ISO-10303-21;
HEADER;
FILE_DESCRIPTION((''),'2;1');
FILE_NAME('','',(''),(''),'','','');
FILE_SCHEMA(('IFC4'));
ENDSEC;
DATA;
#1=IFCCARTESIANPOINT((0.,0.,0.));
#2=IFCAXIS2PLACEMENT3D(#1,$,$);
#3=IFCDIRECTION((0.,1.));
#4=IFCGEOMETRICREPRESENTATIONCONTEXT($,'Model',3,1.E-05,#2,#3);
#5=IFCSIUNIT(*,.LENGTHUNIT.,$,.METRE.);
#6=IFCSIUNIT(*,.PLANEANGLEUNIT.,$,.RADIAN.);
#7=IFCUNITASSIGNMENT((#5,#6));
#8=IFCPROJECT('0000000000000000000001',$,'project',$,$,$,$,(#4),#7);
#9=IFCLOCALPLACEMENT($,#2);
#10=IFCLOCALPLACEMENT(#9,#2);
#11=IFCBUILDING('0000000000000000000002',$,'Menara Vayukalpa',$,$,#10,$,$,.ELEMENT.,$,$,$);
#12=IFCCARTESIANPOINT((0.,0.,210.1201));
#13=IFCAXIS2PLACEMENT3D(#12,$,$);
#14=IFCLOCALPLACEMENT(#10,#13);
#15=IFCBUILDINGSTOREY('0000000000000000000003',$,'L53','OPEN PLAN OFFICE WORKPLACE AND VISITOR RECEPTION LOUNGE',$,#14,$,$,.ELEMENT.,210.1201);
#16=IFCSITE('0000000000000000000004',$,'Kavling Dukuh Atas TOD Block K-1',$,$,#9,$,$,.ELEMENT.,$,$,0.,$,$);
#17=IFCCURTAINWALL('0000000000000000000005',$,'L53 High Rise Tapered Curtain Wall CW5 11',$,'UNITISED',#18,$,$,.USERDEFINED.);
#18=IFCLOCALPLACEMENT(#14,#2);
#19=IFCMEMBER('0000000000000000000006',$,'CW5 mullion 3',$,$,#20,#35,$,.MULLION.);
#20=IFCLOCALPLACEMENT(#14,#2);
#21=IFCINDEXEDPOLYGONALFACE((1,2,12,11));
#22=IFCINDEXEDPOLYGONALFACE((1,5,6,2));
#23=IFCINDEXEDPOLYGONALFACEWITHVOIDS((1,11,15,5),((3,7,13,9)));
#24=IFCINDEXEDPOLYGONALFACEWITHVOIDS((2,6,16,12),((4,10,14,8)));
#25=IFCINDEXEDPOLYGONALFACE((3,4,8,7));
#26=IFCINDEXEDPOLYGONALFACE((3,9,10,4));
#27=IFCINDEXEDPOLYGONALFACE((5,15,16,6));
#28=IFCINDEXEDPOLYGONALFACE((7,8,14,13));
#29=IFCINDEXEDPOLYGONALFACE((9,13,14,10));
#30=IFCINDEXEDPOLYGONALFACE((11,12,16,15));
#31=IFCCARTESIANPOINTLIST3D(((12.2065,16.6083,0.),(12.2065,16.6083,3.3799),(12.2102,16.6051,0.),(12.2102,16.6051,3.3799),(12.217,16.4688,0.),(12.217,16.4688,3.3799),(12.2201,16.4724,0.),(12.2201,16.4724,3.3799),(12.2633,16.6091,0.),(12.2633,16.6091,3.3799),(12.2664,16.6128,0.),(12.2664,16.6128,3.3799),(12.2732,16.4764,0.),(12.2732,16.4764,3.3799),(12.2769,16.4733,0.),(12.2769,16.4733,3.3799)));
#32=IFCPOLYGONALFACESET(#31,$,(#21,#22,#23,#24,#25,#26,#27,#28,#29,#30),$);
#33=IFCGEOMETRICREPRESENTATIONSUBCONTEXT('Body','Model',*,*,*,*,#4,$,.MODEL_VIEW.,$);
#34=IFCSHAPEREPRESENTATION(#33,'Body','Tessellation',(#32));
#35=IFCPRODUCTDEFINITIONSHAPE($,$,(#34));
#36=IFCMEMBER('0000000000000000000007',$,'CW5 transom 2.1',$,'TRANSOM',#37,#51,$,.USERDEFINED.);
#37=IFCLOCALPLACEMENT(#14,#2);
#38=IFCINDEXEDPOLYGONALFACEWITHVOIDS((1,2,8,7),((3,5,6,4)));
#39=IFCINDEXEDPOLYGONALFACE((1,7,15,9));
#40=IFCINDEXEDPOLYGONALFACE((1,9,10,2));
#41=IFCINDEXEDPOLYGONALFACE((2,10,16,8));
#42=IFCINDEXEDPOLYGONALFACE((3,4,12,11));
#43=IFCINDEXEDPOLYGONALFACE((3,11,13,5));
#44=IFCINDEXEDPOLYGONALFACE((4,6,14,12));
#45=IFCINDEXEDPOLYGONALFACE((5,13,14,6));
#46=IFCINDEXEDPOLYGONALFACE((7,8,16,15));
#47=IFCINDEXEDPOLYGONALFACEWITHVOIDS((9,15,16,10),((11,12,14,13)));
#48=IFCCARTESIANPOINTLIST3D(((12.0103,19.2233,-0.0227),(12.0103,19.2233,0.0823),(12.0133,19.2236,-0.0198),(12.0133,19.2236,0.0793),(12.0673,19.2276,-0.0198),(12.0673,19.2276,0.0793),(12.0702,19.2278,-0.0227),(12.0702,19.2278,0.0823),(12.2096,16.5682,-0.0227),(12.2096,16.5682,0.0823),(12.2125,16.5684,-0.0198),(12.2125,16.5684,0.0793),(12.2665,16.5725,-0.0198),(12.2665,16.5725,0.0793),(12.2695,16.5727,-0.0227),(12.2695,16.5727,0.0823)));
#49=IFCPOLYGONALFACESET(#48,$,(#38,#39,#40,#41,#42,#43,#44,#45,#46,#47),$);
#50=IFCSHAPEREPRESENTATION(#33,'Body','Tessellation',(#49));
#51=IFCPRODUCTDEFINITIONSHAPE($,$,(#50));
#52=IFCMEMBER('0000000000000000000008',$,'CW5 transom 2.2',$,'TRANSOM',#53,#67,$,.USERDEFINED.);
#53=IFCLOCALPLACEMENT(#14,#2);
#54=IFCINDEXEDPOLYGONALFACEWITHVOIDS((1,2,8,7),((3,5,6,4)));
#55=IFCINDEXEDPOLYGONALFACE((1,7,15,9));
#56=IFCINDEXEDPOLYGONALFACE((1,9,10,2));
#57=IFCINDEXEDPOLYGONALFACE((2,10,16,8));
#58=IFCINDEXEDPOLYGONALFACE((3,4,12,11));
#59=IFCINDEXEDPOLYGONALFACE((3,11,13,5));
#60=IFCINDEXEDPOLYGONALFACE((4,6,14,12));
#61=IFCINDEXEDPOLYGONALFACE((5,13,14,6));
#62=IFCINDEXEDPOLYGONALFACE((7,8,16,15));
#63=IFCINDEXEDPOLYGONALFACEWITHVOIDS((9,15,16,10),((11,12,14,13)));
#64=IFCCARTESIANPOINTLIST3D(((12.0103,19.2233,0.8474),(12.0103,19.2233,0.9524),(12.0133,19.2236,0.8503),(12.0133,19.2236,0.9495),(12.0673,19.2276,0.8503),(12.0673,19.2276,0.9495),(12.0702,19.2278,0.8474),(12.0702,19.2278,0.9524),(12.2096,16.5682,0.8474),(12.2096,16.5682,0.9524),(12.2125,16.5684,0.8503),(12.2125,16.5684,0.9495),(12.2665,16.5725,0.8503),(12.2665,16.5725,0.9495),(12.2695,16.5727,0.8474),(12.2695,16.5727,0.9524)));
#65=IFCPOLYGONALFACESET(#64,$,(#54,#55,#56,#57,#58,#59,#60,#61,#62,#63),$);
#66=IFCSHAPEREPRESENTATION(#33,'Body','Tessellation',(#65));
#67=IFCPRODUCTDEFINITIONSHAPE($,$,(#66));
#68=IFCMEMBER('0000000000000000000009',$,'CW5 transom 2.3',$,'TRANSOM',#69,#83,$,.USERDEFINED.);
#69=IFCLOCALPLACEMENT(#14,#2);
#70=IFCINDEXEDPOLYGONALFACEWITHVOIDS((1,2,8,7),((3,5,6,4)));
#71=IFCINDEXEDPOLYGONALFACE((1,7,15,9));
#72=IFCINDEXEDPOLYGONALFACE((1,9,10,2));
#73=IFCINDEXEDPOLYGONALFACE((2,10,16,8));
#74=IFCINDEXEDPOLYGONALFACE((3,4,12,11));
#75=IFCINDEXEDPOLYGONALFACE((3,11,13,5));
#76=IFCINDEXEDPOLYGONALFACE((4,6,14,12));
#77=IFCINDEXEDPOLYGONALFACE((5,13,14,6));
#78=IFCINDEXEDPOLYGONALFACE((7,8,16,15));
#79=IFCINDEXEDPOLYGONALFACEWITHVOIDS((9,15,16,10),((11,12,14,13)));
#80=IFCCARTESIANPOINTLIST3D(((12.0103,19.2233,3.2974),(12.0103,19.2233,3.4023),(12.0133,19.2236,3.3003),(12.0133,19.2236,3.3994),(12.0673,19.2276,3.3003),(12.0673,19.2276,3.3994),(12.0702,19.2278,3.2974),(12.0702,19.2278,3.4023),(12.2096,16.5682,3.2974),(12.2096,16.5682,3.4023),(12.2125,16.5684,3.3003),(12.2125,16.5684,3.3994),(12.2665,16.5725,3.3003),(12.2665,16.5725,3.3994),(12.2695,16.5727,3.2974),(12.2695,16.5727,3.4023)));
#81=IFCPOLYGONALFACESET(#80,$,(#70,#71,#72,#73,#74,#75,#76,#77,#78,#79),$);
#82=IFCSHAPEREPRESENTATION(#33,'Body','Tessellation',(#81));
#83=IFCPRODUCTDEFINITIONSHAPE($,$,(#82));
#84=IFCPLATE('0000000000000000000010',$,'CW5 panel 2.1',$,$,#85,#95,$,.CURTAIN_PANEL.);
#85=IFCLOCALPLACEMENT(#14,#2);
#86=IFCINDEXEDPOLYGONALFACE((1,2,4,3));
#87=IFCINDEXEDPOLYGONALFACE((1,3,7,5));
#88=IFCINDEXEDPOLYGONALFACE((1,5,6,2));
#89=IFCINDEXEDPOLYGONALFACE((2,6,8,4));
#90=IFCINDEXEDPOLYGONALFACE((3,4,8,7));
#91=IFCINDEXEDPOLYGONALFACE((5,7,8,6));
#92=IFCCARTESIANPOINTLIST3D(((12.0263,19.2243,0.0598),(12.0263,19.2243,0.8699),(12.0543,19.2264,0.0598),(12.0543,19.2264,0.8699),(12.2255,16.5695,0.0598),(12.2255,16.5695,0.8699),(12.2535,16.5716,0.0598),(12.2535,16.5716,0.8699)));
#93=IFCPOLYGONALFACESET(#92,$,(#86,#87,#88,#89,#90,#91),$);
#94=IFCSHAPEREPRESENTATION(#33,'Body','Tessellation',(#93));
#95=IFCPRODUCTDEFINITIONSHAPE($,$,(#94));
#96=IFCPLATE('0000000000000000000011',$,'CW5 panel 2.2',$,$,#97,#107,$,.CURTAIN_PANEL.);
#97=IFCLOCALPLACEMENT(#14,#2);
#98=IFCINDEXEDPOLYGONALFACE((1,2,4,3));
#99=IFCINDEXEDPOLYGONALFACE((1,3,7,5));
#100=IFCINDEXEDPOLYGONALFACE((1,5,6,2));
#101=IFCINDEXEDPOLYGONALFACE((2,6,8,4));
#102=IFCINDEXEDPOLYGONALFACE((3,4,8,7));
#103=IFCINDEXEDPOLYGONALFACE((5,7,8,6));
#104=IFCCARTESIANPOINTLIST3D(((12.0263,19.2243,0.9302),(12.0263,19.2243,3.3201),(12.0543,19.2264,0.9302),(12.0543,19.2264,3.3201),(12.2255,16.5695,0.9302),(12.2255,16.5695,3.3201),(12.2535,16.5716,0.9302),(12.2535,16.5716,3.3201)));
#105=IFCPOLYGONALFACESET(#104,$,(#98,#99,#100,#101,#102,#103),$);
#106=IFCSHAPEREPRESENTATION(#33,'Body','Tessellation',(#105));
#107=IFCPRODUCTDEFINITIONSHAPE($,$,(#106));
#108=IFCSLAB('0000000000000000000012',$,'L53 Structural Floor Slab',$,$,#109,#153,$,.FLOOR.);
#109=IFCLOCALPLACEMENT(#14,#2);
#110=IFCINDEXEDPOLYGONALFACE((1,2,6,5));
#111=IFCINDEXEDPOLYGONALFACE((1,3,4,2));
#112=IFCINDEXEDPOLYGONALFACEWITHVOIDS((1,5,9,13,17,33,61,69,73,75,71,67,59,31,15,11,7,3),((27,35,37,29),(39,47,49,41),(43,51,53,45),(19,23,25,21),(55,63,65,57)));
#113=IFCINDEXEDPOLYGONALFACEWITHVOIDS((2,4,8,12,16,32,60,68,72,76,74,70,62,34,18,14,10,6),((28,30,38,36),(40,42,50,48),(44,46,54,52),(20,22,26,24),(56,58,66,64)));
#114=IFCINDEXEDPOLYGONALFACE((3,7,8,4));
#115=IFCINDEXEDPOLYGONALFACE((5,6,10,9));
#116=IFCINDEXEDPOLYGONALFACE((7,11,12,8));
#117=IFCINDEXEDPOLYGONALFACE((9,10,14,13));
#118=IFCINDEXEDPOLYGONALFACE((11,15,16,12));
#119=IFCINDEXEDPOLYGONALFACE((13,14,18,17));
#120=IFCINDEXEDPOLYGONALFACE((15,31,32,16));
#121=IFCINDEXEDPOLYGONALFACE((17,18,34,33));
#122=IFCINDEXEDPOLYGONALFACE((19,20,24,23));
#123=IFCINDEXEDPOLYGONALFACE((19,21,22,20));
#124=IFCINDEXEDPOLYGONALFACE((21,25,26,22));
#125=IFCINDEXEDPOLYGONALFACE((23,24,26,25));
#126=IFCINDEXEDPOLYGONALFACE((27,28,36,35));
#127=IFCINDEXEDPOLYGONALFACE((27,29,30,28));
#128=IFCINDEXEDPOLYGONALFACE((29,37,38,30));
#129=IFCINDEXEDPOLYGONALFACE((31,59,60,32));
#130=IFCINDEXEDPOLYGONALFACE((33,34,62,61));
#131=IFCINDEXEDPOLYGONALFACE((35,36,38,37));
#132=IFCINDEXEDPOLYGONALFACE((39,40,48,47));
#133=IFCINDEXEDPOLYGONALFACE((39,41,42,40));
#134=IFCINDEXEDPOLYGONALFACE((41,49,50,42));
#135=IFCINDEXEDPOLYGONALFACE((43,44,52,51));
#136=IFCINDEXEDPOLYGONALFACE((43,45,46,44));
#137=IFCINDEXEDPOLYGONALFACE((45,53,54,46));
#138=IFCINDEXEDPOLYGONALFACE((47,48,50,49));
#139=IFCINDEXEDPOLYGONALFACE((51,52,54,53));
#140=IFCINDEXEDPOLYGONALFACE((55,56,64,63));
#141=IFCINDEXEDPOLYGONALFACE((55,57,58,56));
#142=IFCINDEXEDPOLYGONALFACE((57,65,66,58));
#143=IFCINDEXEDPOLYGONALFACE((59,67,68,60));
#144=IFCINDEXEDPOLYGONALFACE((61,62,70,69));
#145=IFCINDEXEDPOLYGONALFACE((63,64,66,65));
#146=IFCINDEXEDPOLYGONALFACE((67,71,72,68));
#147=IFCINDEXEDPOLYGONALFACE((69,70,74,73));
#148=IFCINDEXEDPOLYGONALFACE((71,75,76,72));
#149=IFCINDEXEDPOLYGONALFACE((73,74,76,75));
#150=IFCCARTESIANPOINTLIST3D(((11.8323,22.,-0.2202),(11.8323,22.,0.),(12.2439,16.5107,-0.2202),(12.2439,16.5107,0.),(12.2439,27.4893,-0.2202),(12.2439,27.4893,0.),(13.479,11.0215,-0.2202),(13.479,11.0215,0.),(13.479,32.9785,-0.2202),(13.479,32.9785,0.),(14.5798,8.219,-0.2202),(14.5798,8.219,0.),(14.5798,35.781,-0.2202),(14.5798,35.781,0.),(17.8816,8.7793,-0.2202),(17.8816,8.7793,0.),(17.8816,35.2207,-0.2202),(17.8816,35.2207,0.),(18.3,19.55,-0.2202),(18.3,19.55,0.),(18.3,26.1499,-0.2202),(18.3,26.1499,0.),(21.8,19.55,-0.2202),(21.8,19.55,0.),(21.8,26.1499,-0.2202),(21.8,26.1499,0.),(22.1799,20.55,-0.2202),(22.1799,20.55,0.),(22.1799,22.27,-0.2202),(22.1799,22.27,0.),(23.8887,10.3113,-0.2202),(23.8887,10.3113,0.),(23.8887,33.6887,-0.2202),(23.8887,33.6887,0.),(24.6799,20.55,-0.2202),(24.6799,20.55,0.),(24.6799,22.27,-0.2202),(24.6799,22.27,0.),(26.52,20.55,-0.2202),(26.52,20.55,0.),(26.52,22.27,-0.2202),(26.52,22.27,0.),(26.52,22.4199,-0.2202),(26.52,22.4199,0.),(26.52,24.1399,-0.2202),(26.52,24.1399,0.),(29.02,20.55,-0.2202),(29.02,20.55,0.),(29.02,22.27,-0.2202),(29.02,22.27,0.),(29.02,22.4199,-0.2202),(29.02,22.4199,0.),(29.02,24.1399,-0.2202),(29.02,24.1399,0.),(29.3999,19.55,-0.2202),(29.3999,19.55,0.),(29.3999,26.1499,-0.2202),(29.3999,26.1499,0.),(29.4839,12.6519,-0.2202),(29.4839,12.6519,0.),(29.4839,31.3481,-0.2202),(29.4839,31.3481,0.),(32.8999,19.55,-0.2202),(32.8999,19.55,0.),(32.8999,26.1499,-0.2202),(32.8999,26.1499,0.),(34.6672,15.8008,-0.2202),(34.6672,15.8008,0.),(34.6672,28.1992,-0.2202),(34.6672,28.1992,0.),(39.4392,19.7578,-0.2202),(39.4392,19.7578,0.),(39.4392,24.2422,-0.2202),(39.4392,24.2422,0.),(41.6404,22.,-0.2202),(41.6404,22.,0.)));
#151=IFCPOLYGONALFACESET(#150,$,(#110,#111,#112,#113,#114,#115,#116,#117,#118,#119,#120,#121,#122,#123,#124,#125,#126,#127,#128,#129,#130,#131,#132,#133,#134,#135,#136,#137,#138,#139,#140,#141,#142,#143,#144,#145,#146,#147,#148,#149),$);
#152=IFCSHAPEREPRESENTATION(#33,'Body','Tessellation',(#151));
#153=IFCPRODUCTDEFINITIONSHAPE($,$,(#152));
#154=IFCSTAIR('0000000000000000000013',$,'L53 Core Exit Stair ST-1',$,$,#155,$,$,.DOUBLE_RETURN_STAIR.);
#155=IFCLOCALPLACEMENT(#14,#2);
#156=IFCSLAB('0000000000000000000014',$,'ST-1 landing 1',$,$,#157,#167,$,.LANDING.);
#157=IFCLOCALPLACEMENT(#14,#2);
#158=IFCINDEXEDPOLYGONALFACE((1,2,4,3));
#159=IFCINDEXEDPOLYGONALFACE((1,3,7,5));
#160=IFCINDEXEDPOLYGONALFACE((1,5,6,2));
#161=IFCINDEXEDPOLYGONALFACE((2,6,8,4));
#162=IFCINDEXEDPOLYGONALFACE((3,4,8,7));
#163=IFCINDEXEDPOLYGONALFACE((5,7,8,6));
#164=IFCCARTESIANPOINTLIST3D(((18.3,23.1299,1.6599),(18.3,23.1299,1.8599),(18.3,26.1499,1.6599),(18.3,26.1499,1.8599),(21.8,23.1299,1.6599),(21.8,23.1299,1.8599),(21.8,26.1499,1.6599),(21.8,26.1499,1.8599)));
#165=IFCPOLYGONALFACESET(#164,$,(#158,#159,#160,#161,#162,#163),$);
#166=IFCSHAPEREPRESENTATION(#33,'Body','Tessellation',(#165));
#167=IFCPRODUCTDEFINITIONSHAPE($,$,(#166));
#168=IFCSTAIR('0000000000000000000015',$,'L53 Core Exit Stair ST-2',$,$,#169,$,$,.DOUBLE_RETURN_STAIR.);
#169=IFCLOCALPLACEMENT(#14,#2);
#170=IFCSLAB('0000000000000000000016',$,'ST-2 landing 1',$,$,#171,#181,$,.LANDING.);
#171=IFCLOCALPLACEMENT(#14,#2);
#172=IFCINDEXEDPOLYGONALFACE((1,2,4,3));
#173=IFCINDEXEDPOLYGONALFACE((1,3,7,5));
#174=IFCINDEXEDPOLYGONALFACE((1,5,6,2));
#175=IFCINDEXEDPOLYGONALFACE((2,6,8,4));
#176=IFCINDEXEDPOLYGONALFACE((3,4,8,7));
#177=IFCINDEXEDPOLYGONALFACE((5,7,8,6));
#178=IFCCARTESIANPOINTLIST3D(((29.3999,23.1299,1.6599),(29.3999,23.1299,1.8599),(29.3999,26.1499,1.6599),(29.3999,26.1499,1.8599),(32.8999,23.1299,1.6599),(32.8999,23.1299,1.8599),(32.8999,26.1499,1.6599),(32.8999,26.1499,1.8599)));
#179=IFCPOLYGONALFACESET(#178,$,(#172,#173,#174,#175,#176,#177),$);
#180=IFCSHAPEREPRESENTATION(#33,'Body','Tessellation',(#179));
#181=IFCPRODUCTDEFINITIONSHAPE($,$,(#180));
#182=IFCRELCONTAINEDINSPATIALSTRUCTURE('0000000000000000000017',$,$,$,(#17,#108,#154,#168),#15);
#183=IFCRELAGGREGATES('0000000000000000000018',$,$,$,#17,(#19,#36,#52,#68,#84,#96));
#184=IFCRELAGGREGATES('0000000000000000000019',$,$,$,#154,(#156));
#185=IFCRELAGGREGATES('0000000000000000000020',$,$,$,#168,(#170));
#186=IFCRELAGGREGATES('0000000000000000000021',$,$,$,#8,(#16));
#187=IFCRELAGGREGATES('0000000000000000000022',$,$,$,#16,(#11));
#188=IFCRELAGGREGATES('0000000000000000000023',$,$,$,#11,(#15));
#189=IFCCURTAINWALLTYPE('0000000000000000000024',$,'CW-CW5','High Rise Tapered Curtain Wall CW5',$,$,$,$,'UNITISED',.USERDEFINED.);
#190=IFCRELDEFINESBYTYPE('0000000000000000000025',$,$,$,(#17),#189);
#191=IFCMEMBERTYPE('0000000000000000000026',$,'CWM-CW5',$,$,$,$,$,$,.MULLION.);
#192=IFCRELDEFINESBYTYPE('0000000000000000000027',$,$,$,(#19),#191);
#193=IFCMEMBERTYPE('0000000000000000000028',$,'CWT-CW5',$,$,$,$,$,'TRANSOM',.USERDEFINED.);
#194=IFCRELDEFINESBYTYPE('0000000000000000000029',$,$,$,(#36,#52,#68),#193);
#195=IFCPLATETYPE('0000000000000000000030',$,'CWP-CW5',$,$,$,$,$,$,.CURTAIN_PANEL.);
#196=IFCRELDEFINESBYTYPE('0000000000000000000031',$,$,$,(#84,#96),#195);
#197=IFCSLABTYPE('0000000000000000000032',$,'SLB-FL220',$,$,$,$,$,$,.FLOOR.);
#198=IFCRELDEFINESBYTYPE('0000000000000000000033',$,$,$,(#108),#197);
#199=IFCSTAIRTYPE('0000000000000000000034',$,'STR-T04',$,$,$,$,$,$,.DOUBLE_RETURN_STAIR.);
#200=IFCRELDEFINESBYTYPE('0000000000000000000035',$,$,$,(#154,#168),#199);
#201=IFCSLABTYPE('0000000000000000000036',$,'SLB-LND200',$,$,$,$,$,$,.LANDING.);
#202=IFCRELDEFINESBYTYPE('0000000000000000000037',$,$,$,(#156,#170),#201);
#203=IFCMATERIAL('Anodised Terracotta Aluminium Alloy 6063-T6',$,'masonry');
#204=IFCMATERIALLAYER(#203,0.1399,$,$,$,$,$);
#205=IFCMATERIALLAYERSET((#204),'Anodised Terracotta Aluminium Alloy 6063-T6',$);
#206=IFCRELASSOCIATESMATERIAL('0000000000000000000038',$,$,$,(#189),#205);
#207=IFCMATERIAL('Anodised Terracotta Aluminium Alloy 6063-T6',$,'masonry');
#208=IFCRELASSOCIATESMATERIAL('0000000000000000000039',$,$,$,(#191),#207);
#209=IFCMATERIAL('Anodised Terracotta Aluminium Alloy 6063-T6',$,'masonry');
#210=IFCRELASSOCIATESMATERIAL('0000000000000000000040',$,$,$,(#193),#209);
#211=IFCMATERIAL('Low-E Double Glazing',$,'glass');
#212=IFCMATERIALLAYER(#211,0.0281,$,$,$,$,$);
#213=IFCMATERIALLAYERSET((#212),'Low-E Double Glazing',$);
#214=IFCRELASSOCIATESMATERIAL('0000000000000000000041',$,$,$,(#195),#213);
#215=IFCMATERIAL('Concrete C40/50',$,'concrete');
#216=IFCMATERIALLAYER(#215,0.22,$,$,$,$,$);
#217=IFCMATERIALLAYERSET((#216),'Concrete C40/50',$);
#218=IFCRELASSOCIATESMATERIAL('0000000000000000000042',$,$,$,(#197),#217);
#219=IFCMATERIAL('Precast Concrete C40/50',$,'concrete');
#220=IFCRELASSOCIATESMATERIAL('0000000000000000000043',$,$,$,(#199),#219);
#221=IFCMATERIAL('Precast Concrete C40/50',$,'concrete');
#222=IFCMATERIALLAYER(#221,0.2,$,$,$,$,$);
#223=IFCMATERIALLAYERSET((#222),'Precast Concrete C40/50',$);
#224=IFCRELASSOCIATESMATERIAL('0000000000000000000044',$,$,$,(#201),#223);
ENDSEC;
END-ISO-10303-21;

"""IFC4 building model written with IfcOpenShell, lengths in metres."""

from ifc_helpers import new_model, si_unit, direction, frame, origin, origin_2d, place, context, subcontext, project, spatial, polyline, rectangle, hollow_rectangle, outline, extrude, material, layer, layer_set, material_profile, profile_set, type_object, element, aggregate, save


model = new_model("IFC4")

# Units and contexts
model_context = context("Model", 3, precision=1e-05, world=origin(), true_north=direction((0.0, 1.0)))
body_context = subcontext(model_context, "Body", "Model", "MODEL_VIEW")
ifc_project = project(units=[si_unit("LENGTHUNIT", "METRE"), si_unit("PLANEANGLEUNIT", "RADIAN")], contexts=[model_context])

# Site, building, storey
site_placement = place(None, origin())
site = spatial("IfcSite", under=ifc_project, at=site_placement, Name="Kavling Dukuh Atas TOD Block K-1", CompositionType="ELEMENT", RefElevation=0.0)
building_placement = place(site_placement, origin())
building = spatial("IfcBuilding", under=site, at=building_placement, Name="Menara Vayukalpa", CompositionType="ELEMENT")
storey_placement = place(building_placement, frame((0.0, 0.0, 210.1201)))
storey = spatial("IfcBuildingStorey", under=building, at=storey_placement, Name="L53", Description="OPEN PLAN OFFICE WORKPLACE AND VISITOR RECEPTION LOUNGE", CompositionType="ELEMENT", Elevation=210.1201)

# Curtain wall, members, plates
ifc_material_1 = material(Name="Anodised Terracotta Aluminium Alloy 6063-T6", Category="masonry")
ifc_layer_1 = layer(ifc_material_1, 0.1399)
ifc_layer_set_1 = layer_set([ifc_layer_1], Name="Anodised Terracotta Aluminium Alloy 6063-T6")
curtain_wall_type = type_object("IfcCurtainWallType", Name="CW-CW5", Description="High Rise Tapered Curtain Wall CW5", ElementType="UNITISED", PredefinedType="USERDEFINED", material=ifc_layer_set_1)
curtain_wall_placement = place(storey_placement, origin())
curtain_wall = element("IfcCurtainWall", 1, at=curtain_wall_placement, inside=storey, type_object=curtain_wall_type, Name="L53 High Rise Tapered Curtain Wall CW5 11", ObjectType="UNITISED", PredefinedType="USERDEFINED")
ifc_material_2 = material(Name="Anodised Terracotta Aluminium Alloy 6063-T6", Category="masonry")
ifc_material_profile_1 = material_profile(ifc_material_2, hollow_rectangle(XDim=0.0601, YDim=0.1399, WallThickness=0.0034, at=origin_2d()), Name="ALU 60x140x3.5")
ifc_profile_set_1 = profile_set([ifc_material_profile_1], Name="Anodised Terracotta Aluminium Alloy 6063-T6")
member_type_1 = type_object("IfcMemberType", Name="CWM-CW5", PredefinedType="MULLION", material=ifc_profile_set_1)
member_1_placement = place(storey_placement, frame((12.2417, 16.5408, 0.0), z_axis=(0.0, 0.0, 1.0), x_axis=(0.997199, 0.074792, 0.0)))
member_1 = element("IfcMember", 2, at=member_1_placement, type_object=member_type_1, Name="CW5 mullion 3", PredefinedType="MULLION", context=body_context, shape_type="SweptSolid", body=[
    extrude(hollow_rectangle(XDim=0.0601, YDim=0.1399, WallThickness=0.0034, at=origin_2d()), origin(), (0.0, 0.0, 1.0), 3.3799),
])
ifc_material_3 = material(Name="Anodised Terracotta Aluminium Alloy 6063-T6", Category="masonry")
ifc_material_profile_2 = material_profile(ifc_material_3, hollow_rectangle(XDim=0.0601, YDim=0.105, WallThickness=0.0029, at=origin_2d()), Name="ALU 60x105x3")
ifc_profile_set_2 = profile_set([ifc_material_profile_2], Name="Anodised Terracotta Aluminium Alloy 6063-T6")
member_type_2 = type_object("IfcMemberType", Name="CWT-CW5", ElementType="TRANSOM", PredefinedType="USERDEFINED", material=ifc_profile_set_2)
member_2_placement = place(storey_placement, frame((12.0403, 19.2256, 0.0298), z_axis=(0.074824, -0.997197, 0.0), x_axis=(0.997197, 0.074824, 0.0)))
member_2 = element("IfcMember", 3, at=member_2_placement, type_object=member_type_2, Name="CW5 transom 2.1", ObjectType="TRANSOM", PredefinedType="USERDEFINED", context=body_context, shape_type="SweptSolid", body=[
    extrude(hollow_rectangle(XDim=0.0601, YDim=0.105, WallThickness=0.0029, at=origin_2d()), origin(), (0.0, 0.0, 1.0), 2.6626),
])
member_3_placement = place(storey_placement, frame((12.0403, 19.2256, 0.8999), z_axis=(0.074824, -0.997197, 0.0), x_axis=(0.997197, 0.074824, 0.0)))
member_3 = element("IfcMember", 4, at=member_3_placement, type_object=member_type_2, Name="CW5 transom 2.2", ObjectType="TRANSOM", PredefinedType="USERDEFINED", context=body_context, shape_type="SweptSolid", body=[
    extrude(hollow_rectangle(XDim=0.0601, YDim=0.105, WallThickness=0.0029, at=origin_2d()), origin(), (0.0, 0.0, 1.0), 2.6626),
])
member_4_placement = place(storey_placement, frame((12.0403, 19.2256, 3.3499), z_axis=(0.074824, -0.997197, 0.0), x_axis=(0.997197, 0.074824, 0.0)))
member_4 = element("IfcMember", 5, at=member_4_placement, type_object=member_type_2, Name="CW5 transom 2.3", ObjectType="TRANSOM", PredefinedType="USERDEFINED", context=body_context, shape_type="SweptSolid", body=[
    extrude(hollow_rectangle(XDim=0.0601, YDim=0.105, WallThickness=0.0029, at=origin_2d()), origin(), (0.0, 0.0, 1.0), 2.6626),
])
ifc_material_4 = material(Name="Low-E Double Glazing", Category="glass")
ifc_layer_2 = layer(ifc_material_4, 0.0281)
ifc_layer_set_2 = layer_set([ifc_layer_2], Name="Low-E Double Glazing")
plate_type = type_object("IfcPlateType", Name="CWP-CW5", PredefinedType="CURTAIN_PANEL", material=ifc_layer_set_2)
plate_1_placement = place(storey_placement, frame((12.1399, 17.8979, 0.0598), z_axis=(0.0, 0.0, 1.0), x_axis=(0.074792, -0.997199, 0.0)))
plate_1 = element("IfcPlate", 6, at=plate_1_placement, type_object=plate_type, Name="CW5 panel 2.1", PredefinedType="CURTAIN_PANEL", context=body_context, shape_type="SweptSolid", body=[
    extrude(rectangle(XDim=2.6624, YDim=0.0281, at=origin_2d()), origin(), (0.0, 0.0, 1.0), 0.8101),
])
plate_2_placement = place(storey_placement, frame((12.1399, 17.8979, 0.9302), z_axis=(0.0, 0.0, 1.0), x_axis=(0.074792, -0.997199, 0.0)))
plate_2 = element("IfcPlate", 7, at=plate_2_placement, type_object=plate_type, Name="CW5 panel 2.2", PredefinedType="CURTAIN_PANEL", context=body_context, shape_type="SweptSolid", body=[
    extrude(rectangle(XDim=2.6624, YDim=0.0281, at=origin_2d()), origin(), (0.0, 0.0, 1.0), 2.3899),
])
aggregate(curtain_wall, [member_1, member_2, member_3, member_4, plate_1, plate_2])

# Slab
ifc_material_5 = material(Name="Concrete C40/50", Category="concrete")
ifc_layer_3 = layer(ifc_material_5, 0.22)
ifc_layer_set_3 = layer_set([ifc_layer_3], Name="Concrete C40/50")
slab_type_1 = type_object("IfcSlabType", Name="SLB-FL220", PredefinedType="FLOOR", material=ifc_layer_set_3)
slab_1_placement = place(storey_placement, frame((0.0, 0.0, -0.2202)))
element("IfcSlab", 8, at=slab_1_placement, inside=storey, type_object=slab_type_1, Name="L53 Structural Floor Slab", PredefinedType="FLOOR", context=body_context, shape_type="SweptSolid", body=[
    extrude(outline(polyline([(39.4392, 19.7578), (41.6404, 22.0), (39.4392, 24.2422), (34.6672, 28.1992), (29.4839, 31.3481), (23.8887, 33.6887), (17.8816, 35.2207), (14.5798, 35.781), (13.479, 32.9785), (12.2439, 27.4893), (11.8323, 22.0), (12.2439, 16.5107), (13.479, 11.0215), (14.5798, 8.219), (17.8816, 8.7793), (23.8887, 10.3113), (29.4839, 12.6519), (34.6672, 15.8008), (39.4392, 19.7578)]), holes=[polyline([(21.8, 19.55), (21.8, 26.1499), (18.3, 26.1499), (18.3, 19.55), (21.8, 19.55)]), polyline([(32.8999, 19.55), (32.8999, 26.1499), (29.3999, 26.1499), (29.3999, 19.55), (32.8999, 19.55)]), polyline([(22.1799, 20.55), (24.6799, 20.55), (24.6799, 22.27), (22.1799, 22.27), (22.1799, 20.55)]), polyline([(26.52, 20.55), (29.02, 20.55), (29.02, 22.27), (26.52, 22.27), (26.52, 20.55)]), polyline([(26.52, 22.4199), (29.02, 22.4199), (29.02, 24.1399), (26.52, 24.1399), (26.52, 22.4199)])]), origin(), (0.0, 0.0, 1.0), 0.2202),
])

# Stairs, slabs
ifc_material_6 = material(Name="Precast Concrete C40/50", Category="concrete")
stair_type = type_object("IfcStairType", Name="STR-T04", PredefinedType="DOUBLE_RETURN_STAIR", material=ifc_material_6)
stair_1_placement = place(storey_placement, origin())
stair_1 = element("IfcStair", 9, at=stair_1_placement, inside=storey, type_object=stair_type, Name="L53 Core Exit Stair ST-1", PredefinedType="DOUBLE_RETURN_STAIR")
ifc_material_7 = material(Name="Precast Concrete C40/50", Category="concrete")
ifc_layer_4 = layer(ifc_material_7, 0.2)
ifc_layer_set_4 = layer_set([ifc_layer_4], Name="Precast Concrete C40/50")
slab_type_2 = type_object("IfcSlabType", Name="SLB-LND200", PredefinedType="LANDING", material=ifc_layer_set_4)
slab_2_placement = place(storey_placement, frame((0.0, 0.0, 1.6599)))
slab_2 = element("IfcSlab", 10, at=slab_2_placement, type_object=slab_type_2, Name="ST-1 landing 1", PredefinedType="LANDING", context=body_context, shape_type="SweptSolid", body=[
    extrude(outline(polyline([(21.8, 23.1299), (21.8, 26.1499), (18.3, 26.1499), (18.3, 23.1299), (21.8, 23.1299)])), origin(), (0.0, 0.0, 1.0), 0.2),
])
aggregate(stair_1, [slab_2])
stair_2_placement = place(storey_placement, origin())
stair_2 = element("IfcStair", 11, at=stair_2_placement, inside=storey, type_object=stair_type, Name="L53 Core Exit Stair ST-2", PredefinedType="DOUBLE_RETURN_STAIR")
slab_3_placement = place(storey_placement, frame((0.0, 0.0, 1.6599)))
slab_3 = element("IfcSlab", 12, at=slab_3_placement, type_object=slab_type_2, Name="ST-2 landing 1", PredefinedType="LANDING", context=body_context, shape_type="SweptSolid", body=[
    extrude(outline(polyline([(32.8999, 23.1299), (32.8999, 26.1499), (29.3999, 26.1499), (29.3999, 23.1299), (32.8999, 23.1299)])), origin(), (0.0, 0.0, 1.0), 0.2),
])
aggregate(stair_2, [slab_3])

save(model, "model.ifc")
